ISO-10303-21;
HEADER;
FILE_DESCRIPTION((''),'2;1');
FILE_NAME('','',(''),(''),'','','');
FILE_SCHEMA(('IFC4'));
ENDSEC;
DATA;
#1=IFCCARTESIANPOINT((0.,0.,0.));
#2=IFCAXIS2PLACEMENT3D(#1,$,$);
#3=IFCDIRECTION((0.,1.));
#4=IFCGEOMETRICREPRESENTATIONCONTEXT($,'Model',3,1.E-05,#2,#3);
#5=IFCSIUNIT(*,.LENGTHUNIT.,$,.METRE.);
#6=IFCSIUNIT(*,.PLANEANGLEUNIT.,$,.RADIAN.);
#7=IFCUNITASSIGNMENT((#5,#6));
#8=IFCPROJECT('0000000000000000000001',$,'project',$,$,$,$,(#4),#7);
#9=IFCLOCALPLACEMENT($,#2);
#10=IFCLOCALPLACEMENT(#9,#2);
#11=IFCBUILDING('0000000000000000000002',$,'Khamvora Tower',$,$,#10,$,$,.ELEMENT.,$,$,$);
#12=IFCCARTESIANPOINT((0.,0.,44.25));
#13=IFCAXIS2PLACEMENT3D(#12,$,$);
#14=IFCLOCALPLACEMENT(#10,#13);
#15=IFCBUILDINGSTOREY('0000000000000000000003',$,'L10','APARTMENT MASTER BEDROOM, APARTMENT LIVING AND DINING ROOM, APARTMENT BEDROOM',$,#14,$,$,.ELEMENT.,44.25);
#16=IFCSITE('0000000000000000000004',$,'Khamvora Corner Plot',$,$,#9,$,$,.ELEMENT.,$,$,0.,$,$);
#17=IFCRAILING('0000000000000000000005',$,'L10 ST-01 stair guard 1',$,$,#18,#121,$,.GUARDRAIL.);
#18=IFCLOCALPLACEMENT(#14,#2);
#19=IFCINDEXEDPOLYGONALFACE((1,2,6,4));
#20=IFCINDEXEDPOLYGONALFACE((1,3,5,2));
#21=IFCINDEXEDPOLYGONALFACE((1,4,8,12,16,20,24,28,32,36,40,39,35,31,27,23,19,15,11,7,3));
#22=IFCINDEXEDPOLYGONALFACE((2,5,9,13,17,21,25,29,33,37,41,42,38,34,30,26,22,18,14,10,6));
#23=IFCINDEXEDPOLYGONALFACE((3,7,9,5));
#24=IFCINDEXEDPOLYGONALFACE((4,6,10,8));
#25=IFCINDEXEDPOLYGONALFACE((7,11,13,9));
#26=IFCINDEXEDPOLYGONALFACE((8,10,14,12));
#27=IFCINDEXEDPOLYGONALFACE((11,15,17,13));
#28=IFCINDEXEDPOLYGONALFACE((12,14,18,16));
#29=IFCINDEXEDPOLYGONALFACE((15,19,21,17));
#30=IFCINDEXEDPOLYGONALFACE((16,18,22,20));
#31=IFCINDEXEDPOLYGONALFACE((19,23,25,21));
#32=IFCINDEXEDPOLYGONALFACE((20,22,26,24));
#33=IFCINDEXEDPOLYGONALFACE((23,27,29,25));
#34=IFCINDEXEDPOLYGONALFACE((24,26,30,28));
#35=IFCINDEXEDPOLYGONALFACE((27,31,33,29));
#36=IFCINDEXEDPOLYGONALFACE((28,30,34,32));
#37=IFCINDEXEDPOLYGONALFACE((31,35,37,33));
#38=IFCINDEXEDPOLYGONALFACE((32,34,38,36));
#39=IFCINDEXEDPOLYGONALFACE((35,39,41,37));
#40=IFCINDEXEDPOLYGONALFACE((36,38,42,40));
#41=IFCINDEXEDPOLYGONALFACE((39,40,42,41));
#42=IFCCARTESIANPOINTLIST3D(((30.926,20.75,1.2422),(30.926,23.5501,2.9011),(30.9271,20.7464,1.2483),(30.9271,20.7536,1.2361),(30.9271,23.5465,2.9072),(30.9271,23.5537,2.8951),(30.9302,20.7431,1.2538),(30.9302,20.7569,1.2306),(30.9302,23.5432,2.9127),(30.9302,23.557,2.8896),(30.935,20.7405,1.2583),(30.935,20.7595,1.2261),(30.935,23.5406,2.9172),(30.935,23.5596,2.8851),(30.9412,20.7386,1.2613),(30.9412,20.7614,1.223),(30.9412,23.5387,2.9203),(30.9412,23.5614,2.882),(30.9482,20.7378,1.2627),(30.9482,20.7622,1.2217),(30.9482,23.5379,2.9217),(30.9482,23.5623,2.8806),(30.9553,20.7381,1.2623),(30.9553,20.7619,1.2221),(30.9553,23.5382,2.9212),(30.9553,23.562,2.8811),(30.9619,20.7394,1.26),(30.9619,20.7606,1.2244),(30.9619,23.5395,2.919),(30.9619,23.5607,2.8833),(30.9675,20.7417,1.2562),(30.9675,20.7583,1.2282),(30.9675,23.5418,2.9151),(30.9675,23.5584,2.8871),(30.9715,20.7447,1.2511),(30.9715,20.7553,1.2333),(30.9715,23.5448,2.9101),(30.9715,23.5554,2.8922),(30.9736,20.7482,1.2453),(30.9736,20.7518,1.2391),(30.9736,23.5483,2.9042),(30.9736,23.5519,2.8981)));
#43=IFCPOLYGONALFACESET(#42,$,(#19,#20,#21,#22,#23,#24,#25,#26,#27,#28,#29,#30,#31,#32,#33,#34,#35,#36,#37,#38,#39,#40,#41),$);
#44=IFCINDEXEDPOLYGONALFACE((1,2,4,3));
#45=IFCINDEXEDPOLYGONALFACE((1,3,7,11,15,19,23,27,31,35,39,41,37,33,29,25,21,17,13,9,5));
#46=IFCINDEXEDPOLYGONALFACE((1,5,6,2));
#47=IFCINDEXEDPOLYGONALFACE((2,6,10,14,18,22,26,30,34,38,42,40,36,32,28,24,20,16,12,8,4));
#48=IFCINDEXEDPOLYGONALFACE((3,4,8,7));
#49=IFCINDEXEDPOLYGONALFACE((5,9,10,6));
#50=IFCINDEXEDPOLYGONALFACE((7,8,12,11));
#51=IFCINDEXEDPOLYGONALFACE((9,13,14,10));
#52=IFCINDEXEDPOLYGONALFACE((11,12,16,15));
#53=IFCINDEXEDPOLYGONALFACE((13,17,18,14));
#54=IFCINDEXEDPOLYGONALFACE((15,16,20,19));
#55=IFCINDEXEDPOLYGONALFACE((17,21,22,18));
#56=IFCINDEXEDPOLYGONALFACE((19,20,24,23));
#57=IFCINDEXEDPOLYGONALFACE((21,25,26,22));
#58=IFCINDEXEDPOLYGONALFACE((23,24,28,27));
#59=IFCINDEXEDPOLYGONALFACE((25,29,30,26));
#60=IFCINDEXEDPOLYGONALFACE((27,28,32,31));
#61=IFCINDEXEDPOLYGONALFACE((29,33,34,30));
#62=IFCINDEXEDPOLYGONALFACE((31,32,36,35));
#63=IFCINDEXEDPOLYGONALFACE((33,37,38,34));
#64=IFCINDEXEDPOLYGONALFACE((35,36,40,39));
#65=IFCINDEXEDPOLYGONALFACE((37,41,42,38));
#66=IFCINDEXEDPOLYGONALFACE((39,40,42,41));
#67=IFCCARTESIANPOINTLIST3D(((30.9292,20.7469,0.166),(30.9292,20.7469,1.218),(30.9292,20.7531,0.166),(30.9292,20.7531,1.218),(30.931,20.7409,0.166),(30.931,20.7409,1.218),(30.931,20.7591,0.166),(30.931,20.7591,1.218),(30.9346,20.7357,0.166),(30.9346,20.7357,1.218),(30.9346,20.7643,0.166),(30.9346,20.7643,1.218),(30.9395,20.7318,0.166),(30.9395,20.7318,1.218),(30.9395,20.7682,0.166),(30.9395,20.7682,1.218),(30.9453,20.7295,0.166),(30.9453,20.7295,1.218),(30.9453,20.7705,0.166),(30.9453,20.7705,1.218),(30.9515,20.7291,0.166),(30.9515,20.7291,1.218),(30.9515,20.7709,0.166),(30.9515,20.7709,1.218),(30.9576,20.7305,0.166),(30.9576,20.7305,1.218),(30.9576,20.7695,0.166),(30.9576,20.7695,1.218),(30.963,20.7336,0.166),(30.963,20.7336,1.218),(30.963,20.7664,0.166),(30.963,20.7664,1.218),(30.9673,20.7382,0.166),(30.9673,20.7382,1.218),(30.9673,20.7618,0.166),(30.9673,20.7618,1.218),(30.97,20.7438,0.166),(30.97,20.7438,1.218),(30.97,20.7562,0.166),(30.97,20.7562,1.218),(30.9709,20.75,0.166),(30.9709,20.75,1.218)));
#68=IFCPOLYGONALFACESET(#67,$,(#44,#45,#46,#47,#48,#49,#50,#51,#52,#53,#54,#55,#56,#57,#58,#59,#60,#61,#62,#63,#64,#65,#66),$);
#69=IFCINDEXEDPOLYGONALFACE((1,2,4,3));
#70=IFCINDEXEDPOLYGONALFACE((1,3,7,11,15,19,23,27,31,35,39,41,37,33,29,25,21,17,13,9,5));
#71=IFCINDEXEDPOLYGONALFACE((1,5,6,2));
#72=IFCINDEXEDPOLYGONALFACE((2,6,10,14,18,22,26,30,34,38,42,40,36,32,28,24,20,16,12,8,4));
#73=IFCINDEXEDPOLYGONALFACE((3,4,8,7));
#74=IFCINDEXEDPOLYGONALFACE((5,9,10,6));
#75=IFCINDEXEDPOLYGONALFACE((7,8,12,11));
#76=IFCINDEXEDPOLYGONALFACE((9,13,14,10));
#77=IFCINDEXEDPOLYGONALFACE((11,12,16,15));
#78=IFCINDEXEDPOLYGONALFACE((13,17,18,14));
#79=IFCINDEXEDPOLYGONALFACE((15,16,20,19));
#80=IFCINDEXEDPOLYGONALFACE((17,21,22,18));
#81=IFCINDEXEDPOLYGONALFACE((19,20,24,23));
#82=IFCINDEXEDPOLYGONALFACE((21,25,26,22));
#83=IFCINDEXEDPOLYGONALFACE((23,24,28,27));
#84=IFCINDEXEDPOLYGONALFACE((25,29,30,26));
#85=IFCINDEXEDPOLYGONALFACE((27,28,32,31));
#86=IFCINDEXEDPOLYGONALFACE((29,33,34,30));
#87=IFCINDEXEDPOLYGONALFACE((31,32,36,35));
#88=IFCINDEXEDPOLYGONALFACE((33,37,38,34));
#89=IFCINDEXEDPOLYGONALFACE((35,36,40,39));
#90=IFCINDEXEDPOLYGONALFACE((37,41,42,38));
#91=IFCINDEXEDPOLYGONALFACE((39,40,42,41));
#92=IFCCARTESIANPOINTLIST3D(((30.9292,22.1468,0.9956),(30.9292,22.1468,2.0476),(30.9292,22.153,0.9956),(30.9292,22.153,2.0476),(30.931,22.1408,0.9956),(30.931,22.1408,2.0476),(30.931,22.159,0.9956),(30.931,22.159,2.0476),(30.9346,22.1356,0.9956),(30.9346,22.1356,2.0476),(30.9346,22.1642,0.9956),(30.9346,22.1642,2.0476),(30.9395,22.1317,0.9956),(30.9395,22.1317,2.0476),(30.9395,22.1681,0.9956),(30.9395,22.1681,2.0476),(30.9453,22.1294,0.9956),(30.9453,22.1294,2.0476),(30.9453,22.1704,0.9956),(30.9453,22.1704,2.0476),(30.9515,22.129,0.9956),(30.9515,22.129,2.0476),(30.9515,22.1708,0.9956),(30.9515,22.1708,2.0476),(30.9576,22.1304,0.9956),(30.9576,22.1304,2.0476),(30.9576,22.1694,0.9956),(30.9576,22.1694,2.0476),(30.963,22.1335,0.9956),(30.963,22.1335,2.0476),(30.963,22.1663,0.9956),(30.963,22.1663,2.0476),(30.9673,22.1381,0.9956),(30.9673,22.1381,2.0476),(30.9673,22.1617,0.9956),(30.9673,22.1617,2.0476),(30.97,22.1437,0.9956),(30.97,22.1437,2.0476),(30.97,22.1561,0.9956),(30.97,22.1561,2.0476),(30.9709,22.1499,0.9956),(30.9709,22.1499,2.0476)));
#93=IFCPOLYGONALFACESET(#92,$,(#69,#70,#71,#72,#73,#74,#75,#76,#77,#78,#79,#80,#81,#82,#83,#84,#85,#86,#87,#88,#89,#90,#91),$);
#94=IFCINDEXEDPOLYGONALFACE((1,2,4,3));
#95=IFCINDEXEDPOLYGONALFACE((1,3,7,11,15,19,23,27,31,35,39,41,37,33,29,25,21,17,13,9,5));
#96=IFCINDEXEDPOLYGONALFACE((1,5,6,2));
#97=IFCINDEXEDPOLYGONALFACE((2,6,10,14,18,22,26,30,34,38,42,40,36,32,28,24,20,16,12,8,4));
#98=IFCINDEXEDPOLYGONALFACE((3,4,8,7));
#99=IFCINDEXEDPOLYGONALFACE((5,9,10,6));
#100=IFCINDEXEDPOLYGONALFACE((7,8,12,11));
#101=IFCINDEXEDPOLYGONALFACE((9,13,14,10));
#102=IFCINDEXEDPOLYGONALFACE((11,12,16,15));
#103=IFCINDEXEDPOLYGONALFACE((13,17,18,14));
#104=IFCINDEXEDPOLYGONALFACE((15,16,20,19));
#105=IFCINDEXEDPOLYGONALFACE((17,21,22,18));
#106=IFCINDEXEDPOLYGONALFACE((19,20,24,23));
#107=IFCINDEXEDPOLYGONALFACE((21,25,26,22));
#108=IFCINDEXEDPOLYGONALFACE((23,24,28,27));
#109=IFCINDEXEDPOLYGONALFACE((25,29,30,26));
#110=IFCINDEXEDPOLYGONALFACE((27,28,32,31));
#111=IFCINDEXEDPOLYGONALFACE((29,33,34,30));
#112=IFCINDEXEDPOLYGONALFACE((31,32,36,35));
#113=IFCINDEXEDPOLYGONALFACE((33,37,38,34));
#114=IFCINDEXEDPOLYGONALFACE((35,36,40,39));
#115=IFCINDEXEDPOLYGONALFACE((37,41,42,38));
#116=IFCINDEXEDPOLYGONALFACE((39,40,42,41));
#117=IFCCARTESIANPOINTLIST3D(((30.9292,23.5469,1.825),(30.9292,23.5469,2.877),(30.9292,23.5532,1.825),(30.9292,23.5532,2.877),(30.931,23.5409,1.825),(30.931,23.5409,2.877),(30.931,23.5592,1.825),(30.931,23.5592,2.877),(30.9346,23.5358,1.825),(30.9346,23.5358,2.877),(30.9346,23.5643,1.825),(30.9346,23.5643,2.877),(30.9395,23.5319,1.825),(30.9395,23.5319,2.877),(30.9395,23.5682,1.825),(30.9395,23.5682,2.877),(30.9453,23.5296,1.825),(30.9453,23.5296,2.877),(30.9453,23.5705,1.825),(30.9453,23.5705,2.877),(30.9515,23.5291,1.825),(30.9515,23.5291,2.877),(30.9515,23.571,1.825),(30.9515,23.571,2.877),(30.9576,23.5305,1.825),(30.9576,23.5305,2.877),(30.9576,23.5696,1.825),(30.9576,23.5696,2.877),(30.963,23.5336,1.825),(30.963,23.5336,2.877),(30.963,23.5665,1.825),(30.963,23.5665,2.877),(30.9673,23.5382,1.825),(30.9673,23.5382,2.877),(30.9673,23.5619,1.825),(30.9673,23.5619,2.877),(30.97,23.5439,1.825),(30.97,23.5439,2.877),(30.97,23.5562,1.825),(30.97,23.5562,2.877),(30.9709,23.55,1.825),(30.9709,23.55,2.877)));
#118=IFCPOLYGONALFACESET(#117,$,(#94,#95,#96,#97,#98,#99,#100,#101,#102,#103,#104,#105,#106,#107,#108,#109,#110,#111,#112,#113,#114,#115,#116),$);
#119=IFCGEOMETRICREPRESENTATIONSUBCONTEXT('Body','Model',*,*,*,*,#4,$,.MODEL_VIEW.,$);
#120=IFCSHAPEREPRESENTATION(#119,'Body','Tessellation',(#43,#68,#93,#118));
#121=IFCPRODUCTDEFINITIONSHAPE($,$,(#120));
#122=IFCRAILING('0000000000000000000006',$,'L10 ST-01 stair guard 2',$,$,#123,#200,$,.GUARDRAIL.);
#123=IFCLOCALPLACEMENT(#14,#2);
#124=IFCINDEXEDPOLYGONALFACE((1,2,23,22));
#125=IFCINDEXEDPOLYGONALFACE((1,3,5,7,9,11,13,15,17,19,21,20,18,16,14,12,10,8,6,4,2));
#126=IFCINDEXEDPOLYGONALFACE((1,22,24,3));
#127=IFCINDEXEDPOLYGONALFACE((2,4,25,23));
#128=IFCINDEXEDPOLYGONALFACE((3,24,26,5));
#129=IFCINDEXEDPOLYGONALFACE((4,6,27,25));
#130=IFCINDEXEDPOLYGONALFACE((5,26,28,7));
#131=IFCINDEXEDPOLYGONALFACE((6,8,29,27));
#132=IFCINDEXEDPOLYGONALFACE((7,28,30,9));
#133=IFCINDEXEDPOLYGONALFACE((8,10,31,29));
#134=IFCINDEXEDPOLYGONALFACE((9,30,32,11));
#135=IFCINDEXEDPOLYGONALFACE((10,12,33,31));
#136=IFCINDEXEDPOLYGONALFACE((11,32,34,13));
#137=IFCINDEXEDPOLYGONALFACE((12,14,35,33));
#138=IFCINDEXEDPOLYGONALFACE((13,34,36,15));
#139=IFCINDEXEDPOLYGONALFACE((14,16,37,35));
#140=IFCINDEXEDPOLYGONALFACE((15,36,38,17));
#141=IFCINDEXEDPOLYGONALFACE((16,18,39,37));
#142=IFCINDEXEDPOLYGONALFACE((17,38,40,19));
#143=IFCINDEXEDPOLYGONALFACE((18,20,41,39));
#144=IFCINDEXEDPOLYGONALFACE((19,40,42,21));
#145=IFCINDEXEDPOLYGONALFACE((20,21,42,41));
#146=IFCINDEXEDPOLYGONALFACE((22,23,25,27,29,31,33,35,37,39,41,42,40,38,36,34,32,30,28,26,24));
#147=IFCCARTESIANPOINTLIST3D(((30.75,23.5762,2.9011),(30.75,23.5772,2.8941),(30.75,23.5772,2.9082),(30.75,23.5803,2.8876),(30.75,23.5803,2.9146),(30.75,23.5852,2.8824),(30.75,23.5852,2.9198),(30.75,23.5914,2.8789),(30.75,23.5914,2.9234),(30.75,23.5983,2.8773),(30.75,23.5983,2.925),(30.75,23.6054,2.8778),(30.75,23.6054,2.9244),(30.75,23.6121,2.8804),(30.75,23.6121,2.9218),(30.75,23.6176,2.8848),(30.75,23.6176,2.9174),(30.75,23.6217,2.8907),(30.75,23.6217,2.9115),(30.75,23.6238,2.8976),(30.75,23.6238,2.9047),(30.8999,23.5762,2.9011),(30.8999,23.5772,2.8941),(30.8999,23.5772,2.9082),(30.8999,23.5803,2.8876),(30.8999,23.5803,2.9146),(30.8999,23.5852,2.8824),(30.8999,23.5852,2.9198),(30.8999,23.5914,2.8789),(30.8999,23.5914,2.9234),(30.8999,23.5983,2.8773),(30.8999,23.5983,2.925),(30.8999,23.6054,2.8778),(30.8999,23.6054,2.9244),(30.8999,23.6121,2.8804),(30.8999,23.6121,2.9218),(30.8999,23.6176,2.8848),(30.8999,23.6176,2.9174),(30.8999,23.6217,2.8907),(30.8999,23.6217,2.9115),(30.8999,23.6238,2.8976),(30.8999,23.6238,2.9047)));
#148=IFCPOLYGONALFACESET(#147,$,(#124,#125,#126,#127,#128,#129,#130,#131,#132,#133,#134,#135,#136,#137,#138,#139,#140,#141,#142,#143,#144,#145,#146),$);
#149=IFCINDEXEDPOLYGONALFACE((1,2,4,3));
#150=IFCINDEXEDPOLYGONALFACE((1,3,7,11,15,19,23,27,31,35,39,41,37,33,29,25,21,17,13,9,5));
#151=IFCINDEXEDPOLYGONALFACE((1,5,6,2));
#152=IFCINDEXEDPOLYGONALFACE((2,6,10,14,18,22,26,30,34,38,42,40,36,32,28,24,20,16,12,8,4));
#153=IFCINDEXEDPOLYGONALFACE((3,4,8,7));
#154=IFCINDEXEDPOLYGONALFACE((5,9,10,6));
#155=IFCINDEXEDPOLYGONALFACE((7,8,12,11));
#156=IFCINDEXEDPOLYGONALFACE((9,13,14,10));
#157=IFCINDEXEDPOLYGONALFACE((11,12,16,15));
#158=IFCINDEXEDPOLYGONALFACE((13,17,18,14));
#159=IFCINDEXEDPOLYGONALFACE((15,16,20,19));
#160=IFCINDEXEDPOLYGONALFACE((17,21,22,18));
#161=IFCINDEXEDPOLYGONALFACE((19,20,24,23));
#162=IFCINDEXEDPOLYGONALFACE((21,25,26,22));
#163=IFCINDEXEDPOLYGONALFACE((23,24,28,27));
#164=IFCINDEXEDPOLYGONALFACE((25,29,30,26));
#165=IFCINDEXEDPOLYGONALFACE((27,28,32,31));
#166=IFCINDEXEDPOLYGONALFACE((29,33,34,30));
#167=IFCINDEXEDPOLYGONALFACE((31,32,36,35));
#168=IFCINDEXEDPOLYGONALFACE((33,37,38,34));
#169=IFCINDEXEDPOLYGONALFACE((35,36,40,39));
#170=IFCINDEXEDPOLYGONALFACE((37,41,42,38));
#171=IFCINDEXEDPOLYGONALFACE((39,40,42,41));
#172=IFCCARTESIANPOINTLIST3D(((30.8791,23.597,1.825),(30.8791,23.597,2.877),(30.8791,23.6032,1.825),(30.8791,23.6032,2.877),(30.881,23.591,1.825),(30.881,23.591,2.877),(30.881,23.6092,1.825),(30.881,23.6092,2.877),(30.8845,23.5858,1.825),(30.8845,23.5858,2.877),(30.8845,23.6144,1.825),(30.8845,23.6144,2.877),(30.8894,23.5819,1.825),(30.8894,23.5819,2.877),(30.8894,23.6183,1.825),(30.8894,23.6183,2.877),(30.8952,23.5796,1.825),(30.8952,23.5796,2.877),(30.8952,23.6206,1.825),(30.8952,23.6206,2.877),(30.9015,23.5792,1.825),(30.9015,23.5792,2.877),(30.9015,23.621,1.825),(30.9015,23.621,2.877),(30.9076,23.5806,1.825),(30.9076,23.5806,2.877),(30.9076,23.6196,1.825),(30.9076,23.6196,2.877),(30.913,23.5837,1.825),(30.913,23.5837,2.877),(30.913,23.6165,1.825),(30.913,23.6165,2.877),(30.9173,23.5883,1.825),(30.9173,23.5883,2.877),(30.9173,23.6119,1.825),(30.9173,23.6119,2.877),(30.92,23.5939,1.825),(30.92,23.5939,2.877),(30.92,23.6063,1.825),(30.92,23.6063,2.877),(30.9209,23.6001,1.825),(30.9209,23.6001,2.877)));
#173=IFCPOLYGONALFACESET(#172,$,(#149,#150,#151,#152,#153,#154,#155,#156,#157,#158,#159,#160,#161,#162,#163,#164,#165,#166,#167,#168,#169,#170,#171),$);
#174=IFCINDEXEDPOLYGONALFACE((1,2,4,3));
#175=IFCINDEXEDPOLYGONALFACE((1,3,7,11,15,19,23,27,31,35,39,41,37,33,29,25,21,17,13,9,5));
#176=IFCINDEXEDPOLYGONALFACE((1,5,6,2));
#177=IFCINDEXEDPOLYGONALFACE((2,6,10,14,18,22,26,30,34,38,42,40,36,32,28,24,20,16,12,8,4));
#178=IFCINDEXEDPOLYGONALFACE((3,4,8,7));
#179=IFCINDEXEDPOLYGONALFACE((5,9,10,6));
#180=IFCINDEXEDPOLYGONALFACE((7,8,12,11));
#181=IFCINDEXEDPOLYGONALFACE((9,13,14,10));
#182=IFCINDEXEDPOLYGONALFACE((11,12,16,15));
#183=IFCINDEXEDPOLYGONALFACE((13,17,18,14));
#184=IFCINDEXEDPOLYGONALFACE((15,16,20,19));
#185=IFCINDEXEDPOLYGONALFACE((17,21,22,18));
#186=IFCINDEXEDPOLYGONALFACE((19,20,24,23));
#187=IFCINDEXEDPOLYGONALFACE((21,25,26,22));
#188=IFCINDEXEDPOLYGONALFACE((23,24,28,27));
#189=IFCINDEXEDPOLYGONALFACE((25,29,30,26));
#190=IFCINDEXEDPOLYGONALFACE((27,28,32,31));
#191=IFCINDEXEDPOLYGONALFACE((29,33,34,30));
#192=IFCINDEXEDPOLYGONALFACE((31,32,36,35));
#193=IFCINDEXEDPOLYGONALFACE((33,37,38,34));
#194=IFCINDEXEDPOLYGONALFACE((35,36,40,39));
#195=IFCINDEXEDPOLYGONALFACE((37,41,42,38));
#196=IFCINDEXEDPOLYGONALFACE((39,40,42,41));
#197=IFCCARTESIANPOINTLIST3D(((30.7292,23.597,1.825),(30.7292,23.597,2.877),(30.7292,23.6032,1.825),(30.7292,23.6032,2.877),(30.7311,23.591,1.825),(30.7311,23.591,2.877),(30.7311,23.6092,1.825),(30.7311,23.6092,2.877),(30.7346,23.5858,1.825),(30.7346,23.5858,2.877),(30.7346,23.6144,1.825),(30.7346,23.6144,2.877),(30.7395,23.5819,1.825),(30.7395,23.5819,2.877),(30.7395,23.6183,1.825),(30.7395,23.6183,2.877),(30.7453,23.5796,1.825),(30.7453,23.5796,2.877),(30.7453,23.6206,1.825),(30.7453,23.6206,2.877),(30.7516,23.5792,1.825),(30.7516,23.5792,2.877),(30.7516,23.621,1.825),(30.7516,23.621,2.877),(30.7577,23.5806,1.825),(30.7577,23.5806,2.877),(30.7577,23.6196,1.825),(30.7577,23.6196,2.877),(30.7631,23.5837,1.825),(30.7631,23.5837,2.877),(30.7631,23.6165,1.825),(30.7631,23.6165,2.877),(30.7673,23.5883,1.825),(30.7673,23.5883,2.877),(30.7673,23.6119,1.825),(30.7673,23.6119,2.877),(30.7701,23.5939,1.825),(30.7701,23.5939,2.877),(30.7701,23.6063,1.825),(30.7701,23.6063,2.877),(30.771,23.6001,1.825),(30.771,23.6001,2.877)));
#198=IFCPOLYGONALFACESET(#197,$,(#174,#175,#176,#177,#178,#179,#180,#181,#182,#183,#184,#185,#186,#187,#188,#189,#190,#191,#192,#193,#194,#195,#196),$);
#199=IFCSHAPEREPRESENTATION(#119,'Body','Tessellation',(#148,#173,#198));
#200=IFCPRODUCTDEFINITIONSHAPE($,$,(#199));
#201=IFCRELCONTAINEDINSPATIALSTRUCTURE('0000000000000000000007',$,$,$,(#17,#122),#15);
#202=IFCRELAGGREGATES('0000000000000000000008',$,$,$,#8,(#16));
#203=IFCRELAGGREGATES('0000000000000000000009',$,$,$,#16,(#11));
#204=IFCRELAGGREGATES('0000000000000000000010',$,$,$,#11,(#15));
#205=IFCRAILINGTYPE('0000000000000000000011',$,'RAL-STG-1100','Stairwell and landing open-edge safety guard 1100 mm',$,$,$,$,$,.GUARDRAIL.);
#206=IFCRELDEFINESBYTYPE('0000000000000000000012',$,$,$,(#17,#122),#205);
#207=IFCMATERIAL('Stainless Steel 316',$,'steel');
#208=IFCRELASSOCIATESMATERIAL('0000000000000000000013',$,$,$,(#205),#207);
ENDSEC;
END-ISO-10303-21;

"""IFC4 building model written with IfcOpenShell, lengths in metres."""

from ifc_helpers import new_model, si_unit, direction, frame, origin, origin_2d, place, context, subcontext, project, spatial, circle, extrude, material, type_object, element, save


model = new_model("IFC4")

# Units and contexts
model_context = context("Model", 3, precision=1e-05, world=origin(), true_north=direction((0.0, 1.0)))
body_context = subcontext(model_context, "Body", "Model", "MODEL_VIEW")
ifc_project = project(units=[si_unit("LENGTHUNIT", "METRE"), si_unit("PLANEANGLEUNIT", "RADIAN")], contexts=[model_context])

# Site, building, storey
site_placement = place(None, origin())
site = spatial("IfcSite", under=ifc_project, at=site_placement, Name="Khamvora Corner Plot", CompositionType="ELEMENT", RefElevation=0.0)
building_placement = place(site_placement, origin())
building = spatial("IfcBuilding", under=site, at=building_placement, Name="Khamvora Tower", CompositionType="ELEMENT")
storey_placement = place(building_placement, frame((0.0, 0.0, 44.25)))
storey = spatial("IfcBuildingStorey", under=building, at=storey_placement, Name="L10", Description="APARTMENT MASTER BEDROOM, APARTMENT LIVING AND DINING ROOM, APARTMENT BEDROOM", CompositionType="ELEMENT", Elevation=44.25)

# Railings
ifc_material_1 = material(Name="Stainless Steel 316", Category="steel")
railing_type_1 = type_object("IfcRailingType", Name="RAL-STG-1100", Description="Stairwell and landing open-edge safety guard 1100 mm", PredefinedType="GUARDRAIL", material=ifc_material_1)
railing_1_placement = place(storey_placement, frame((30.95, 20.75, 0.166)))
element("IfcRailing", 1, at=railing_1_placement, inside=storey, type_object=railing_type_1, Name="L10 ST-01 stair guard 1", PredefinedType="GUARDRAIL", context=body_context, shape_type="SweptSolid", body=[
    extrude(circle(Radius=0.0239, at=origin_2d()), frame((0.0, 0.0, 1.0762), z_axis=(0.0, 0.860339, 0.509722), x_axis=(-1.0, 0.0, 0.0)), (0.0, 0.0, 1.0), 3.2546),
    extrude(circle(Radius=0.021, at=origin_2d()), origin(), (0.0, 0.0, 1.0), 1.052),
    extrude(circle(Radius=0.021, at=origin_2d()), frame((0.0, 1.3999, 0.8296)), (0.0, 0.0, 1.0), 1.052),
    extrude(circle(Radius=0.021, at=origin_2d()), frame((0.0, 2.8, 1.6589)), (0.0, 0.0, 1.0), 1.052),
])
railing_2_placement = place(storey_placement, frame((30.8999, 23.6001, 1.825)))
element("IfcRailing", 2, at=railing_2_placement, inside=storey, type_object=railing_type_1, Name="L10 ST-01 stair guard 2", PredefinedType="GUARDRAIL", context=body_context, shape_type="SweptSolid", body=[
    extrude(circle(Radius=0.0239, at=origin_2d()), frame((0.0, 0.0, 1.0762), z_axis=(-1.0, 0.0, 0.0), x_axis=(0.0, -1.0, 0.0)), (0.0, 0.0, 1.0), 0.1499),
    extrude(circle(Radius=0.021, at=origin_2d()), origin(), (0.0, 0.0, 1.0), 1.052),
    extrude(circle(Radius=0.021, at=origin_2d()), frame((-0.1499, 0.0, 0.0)), (0.0, 0.0, 1.0), 1.052),
])

save(model, "model.ifc")
